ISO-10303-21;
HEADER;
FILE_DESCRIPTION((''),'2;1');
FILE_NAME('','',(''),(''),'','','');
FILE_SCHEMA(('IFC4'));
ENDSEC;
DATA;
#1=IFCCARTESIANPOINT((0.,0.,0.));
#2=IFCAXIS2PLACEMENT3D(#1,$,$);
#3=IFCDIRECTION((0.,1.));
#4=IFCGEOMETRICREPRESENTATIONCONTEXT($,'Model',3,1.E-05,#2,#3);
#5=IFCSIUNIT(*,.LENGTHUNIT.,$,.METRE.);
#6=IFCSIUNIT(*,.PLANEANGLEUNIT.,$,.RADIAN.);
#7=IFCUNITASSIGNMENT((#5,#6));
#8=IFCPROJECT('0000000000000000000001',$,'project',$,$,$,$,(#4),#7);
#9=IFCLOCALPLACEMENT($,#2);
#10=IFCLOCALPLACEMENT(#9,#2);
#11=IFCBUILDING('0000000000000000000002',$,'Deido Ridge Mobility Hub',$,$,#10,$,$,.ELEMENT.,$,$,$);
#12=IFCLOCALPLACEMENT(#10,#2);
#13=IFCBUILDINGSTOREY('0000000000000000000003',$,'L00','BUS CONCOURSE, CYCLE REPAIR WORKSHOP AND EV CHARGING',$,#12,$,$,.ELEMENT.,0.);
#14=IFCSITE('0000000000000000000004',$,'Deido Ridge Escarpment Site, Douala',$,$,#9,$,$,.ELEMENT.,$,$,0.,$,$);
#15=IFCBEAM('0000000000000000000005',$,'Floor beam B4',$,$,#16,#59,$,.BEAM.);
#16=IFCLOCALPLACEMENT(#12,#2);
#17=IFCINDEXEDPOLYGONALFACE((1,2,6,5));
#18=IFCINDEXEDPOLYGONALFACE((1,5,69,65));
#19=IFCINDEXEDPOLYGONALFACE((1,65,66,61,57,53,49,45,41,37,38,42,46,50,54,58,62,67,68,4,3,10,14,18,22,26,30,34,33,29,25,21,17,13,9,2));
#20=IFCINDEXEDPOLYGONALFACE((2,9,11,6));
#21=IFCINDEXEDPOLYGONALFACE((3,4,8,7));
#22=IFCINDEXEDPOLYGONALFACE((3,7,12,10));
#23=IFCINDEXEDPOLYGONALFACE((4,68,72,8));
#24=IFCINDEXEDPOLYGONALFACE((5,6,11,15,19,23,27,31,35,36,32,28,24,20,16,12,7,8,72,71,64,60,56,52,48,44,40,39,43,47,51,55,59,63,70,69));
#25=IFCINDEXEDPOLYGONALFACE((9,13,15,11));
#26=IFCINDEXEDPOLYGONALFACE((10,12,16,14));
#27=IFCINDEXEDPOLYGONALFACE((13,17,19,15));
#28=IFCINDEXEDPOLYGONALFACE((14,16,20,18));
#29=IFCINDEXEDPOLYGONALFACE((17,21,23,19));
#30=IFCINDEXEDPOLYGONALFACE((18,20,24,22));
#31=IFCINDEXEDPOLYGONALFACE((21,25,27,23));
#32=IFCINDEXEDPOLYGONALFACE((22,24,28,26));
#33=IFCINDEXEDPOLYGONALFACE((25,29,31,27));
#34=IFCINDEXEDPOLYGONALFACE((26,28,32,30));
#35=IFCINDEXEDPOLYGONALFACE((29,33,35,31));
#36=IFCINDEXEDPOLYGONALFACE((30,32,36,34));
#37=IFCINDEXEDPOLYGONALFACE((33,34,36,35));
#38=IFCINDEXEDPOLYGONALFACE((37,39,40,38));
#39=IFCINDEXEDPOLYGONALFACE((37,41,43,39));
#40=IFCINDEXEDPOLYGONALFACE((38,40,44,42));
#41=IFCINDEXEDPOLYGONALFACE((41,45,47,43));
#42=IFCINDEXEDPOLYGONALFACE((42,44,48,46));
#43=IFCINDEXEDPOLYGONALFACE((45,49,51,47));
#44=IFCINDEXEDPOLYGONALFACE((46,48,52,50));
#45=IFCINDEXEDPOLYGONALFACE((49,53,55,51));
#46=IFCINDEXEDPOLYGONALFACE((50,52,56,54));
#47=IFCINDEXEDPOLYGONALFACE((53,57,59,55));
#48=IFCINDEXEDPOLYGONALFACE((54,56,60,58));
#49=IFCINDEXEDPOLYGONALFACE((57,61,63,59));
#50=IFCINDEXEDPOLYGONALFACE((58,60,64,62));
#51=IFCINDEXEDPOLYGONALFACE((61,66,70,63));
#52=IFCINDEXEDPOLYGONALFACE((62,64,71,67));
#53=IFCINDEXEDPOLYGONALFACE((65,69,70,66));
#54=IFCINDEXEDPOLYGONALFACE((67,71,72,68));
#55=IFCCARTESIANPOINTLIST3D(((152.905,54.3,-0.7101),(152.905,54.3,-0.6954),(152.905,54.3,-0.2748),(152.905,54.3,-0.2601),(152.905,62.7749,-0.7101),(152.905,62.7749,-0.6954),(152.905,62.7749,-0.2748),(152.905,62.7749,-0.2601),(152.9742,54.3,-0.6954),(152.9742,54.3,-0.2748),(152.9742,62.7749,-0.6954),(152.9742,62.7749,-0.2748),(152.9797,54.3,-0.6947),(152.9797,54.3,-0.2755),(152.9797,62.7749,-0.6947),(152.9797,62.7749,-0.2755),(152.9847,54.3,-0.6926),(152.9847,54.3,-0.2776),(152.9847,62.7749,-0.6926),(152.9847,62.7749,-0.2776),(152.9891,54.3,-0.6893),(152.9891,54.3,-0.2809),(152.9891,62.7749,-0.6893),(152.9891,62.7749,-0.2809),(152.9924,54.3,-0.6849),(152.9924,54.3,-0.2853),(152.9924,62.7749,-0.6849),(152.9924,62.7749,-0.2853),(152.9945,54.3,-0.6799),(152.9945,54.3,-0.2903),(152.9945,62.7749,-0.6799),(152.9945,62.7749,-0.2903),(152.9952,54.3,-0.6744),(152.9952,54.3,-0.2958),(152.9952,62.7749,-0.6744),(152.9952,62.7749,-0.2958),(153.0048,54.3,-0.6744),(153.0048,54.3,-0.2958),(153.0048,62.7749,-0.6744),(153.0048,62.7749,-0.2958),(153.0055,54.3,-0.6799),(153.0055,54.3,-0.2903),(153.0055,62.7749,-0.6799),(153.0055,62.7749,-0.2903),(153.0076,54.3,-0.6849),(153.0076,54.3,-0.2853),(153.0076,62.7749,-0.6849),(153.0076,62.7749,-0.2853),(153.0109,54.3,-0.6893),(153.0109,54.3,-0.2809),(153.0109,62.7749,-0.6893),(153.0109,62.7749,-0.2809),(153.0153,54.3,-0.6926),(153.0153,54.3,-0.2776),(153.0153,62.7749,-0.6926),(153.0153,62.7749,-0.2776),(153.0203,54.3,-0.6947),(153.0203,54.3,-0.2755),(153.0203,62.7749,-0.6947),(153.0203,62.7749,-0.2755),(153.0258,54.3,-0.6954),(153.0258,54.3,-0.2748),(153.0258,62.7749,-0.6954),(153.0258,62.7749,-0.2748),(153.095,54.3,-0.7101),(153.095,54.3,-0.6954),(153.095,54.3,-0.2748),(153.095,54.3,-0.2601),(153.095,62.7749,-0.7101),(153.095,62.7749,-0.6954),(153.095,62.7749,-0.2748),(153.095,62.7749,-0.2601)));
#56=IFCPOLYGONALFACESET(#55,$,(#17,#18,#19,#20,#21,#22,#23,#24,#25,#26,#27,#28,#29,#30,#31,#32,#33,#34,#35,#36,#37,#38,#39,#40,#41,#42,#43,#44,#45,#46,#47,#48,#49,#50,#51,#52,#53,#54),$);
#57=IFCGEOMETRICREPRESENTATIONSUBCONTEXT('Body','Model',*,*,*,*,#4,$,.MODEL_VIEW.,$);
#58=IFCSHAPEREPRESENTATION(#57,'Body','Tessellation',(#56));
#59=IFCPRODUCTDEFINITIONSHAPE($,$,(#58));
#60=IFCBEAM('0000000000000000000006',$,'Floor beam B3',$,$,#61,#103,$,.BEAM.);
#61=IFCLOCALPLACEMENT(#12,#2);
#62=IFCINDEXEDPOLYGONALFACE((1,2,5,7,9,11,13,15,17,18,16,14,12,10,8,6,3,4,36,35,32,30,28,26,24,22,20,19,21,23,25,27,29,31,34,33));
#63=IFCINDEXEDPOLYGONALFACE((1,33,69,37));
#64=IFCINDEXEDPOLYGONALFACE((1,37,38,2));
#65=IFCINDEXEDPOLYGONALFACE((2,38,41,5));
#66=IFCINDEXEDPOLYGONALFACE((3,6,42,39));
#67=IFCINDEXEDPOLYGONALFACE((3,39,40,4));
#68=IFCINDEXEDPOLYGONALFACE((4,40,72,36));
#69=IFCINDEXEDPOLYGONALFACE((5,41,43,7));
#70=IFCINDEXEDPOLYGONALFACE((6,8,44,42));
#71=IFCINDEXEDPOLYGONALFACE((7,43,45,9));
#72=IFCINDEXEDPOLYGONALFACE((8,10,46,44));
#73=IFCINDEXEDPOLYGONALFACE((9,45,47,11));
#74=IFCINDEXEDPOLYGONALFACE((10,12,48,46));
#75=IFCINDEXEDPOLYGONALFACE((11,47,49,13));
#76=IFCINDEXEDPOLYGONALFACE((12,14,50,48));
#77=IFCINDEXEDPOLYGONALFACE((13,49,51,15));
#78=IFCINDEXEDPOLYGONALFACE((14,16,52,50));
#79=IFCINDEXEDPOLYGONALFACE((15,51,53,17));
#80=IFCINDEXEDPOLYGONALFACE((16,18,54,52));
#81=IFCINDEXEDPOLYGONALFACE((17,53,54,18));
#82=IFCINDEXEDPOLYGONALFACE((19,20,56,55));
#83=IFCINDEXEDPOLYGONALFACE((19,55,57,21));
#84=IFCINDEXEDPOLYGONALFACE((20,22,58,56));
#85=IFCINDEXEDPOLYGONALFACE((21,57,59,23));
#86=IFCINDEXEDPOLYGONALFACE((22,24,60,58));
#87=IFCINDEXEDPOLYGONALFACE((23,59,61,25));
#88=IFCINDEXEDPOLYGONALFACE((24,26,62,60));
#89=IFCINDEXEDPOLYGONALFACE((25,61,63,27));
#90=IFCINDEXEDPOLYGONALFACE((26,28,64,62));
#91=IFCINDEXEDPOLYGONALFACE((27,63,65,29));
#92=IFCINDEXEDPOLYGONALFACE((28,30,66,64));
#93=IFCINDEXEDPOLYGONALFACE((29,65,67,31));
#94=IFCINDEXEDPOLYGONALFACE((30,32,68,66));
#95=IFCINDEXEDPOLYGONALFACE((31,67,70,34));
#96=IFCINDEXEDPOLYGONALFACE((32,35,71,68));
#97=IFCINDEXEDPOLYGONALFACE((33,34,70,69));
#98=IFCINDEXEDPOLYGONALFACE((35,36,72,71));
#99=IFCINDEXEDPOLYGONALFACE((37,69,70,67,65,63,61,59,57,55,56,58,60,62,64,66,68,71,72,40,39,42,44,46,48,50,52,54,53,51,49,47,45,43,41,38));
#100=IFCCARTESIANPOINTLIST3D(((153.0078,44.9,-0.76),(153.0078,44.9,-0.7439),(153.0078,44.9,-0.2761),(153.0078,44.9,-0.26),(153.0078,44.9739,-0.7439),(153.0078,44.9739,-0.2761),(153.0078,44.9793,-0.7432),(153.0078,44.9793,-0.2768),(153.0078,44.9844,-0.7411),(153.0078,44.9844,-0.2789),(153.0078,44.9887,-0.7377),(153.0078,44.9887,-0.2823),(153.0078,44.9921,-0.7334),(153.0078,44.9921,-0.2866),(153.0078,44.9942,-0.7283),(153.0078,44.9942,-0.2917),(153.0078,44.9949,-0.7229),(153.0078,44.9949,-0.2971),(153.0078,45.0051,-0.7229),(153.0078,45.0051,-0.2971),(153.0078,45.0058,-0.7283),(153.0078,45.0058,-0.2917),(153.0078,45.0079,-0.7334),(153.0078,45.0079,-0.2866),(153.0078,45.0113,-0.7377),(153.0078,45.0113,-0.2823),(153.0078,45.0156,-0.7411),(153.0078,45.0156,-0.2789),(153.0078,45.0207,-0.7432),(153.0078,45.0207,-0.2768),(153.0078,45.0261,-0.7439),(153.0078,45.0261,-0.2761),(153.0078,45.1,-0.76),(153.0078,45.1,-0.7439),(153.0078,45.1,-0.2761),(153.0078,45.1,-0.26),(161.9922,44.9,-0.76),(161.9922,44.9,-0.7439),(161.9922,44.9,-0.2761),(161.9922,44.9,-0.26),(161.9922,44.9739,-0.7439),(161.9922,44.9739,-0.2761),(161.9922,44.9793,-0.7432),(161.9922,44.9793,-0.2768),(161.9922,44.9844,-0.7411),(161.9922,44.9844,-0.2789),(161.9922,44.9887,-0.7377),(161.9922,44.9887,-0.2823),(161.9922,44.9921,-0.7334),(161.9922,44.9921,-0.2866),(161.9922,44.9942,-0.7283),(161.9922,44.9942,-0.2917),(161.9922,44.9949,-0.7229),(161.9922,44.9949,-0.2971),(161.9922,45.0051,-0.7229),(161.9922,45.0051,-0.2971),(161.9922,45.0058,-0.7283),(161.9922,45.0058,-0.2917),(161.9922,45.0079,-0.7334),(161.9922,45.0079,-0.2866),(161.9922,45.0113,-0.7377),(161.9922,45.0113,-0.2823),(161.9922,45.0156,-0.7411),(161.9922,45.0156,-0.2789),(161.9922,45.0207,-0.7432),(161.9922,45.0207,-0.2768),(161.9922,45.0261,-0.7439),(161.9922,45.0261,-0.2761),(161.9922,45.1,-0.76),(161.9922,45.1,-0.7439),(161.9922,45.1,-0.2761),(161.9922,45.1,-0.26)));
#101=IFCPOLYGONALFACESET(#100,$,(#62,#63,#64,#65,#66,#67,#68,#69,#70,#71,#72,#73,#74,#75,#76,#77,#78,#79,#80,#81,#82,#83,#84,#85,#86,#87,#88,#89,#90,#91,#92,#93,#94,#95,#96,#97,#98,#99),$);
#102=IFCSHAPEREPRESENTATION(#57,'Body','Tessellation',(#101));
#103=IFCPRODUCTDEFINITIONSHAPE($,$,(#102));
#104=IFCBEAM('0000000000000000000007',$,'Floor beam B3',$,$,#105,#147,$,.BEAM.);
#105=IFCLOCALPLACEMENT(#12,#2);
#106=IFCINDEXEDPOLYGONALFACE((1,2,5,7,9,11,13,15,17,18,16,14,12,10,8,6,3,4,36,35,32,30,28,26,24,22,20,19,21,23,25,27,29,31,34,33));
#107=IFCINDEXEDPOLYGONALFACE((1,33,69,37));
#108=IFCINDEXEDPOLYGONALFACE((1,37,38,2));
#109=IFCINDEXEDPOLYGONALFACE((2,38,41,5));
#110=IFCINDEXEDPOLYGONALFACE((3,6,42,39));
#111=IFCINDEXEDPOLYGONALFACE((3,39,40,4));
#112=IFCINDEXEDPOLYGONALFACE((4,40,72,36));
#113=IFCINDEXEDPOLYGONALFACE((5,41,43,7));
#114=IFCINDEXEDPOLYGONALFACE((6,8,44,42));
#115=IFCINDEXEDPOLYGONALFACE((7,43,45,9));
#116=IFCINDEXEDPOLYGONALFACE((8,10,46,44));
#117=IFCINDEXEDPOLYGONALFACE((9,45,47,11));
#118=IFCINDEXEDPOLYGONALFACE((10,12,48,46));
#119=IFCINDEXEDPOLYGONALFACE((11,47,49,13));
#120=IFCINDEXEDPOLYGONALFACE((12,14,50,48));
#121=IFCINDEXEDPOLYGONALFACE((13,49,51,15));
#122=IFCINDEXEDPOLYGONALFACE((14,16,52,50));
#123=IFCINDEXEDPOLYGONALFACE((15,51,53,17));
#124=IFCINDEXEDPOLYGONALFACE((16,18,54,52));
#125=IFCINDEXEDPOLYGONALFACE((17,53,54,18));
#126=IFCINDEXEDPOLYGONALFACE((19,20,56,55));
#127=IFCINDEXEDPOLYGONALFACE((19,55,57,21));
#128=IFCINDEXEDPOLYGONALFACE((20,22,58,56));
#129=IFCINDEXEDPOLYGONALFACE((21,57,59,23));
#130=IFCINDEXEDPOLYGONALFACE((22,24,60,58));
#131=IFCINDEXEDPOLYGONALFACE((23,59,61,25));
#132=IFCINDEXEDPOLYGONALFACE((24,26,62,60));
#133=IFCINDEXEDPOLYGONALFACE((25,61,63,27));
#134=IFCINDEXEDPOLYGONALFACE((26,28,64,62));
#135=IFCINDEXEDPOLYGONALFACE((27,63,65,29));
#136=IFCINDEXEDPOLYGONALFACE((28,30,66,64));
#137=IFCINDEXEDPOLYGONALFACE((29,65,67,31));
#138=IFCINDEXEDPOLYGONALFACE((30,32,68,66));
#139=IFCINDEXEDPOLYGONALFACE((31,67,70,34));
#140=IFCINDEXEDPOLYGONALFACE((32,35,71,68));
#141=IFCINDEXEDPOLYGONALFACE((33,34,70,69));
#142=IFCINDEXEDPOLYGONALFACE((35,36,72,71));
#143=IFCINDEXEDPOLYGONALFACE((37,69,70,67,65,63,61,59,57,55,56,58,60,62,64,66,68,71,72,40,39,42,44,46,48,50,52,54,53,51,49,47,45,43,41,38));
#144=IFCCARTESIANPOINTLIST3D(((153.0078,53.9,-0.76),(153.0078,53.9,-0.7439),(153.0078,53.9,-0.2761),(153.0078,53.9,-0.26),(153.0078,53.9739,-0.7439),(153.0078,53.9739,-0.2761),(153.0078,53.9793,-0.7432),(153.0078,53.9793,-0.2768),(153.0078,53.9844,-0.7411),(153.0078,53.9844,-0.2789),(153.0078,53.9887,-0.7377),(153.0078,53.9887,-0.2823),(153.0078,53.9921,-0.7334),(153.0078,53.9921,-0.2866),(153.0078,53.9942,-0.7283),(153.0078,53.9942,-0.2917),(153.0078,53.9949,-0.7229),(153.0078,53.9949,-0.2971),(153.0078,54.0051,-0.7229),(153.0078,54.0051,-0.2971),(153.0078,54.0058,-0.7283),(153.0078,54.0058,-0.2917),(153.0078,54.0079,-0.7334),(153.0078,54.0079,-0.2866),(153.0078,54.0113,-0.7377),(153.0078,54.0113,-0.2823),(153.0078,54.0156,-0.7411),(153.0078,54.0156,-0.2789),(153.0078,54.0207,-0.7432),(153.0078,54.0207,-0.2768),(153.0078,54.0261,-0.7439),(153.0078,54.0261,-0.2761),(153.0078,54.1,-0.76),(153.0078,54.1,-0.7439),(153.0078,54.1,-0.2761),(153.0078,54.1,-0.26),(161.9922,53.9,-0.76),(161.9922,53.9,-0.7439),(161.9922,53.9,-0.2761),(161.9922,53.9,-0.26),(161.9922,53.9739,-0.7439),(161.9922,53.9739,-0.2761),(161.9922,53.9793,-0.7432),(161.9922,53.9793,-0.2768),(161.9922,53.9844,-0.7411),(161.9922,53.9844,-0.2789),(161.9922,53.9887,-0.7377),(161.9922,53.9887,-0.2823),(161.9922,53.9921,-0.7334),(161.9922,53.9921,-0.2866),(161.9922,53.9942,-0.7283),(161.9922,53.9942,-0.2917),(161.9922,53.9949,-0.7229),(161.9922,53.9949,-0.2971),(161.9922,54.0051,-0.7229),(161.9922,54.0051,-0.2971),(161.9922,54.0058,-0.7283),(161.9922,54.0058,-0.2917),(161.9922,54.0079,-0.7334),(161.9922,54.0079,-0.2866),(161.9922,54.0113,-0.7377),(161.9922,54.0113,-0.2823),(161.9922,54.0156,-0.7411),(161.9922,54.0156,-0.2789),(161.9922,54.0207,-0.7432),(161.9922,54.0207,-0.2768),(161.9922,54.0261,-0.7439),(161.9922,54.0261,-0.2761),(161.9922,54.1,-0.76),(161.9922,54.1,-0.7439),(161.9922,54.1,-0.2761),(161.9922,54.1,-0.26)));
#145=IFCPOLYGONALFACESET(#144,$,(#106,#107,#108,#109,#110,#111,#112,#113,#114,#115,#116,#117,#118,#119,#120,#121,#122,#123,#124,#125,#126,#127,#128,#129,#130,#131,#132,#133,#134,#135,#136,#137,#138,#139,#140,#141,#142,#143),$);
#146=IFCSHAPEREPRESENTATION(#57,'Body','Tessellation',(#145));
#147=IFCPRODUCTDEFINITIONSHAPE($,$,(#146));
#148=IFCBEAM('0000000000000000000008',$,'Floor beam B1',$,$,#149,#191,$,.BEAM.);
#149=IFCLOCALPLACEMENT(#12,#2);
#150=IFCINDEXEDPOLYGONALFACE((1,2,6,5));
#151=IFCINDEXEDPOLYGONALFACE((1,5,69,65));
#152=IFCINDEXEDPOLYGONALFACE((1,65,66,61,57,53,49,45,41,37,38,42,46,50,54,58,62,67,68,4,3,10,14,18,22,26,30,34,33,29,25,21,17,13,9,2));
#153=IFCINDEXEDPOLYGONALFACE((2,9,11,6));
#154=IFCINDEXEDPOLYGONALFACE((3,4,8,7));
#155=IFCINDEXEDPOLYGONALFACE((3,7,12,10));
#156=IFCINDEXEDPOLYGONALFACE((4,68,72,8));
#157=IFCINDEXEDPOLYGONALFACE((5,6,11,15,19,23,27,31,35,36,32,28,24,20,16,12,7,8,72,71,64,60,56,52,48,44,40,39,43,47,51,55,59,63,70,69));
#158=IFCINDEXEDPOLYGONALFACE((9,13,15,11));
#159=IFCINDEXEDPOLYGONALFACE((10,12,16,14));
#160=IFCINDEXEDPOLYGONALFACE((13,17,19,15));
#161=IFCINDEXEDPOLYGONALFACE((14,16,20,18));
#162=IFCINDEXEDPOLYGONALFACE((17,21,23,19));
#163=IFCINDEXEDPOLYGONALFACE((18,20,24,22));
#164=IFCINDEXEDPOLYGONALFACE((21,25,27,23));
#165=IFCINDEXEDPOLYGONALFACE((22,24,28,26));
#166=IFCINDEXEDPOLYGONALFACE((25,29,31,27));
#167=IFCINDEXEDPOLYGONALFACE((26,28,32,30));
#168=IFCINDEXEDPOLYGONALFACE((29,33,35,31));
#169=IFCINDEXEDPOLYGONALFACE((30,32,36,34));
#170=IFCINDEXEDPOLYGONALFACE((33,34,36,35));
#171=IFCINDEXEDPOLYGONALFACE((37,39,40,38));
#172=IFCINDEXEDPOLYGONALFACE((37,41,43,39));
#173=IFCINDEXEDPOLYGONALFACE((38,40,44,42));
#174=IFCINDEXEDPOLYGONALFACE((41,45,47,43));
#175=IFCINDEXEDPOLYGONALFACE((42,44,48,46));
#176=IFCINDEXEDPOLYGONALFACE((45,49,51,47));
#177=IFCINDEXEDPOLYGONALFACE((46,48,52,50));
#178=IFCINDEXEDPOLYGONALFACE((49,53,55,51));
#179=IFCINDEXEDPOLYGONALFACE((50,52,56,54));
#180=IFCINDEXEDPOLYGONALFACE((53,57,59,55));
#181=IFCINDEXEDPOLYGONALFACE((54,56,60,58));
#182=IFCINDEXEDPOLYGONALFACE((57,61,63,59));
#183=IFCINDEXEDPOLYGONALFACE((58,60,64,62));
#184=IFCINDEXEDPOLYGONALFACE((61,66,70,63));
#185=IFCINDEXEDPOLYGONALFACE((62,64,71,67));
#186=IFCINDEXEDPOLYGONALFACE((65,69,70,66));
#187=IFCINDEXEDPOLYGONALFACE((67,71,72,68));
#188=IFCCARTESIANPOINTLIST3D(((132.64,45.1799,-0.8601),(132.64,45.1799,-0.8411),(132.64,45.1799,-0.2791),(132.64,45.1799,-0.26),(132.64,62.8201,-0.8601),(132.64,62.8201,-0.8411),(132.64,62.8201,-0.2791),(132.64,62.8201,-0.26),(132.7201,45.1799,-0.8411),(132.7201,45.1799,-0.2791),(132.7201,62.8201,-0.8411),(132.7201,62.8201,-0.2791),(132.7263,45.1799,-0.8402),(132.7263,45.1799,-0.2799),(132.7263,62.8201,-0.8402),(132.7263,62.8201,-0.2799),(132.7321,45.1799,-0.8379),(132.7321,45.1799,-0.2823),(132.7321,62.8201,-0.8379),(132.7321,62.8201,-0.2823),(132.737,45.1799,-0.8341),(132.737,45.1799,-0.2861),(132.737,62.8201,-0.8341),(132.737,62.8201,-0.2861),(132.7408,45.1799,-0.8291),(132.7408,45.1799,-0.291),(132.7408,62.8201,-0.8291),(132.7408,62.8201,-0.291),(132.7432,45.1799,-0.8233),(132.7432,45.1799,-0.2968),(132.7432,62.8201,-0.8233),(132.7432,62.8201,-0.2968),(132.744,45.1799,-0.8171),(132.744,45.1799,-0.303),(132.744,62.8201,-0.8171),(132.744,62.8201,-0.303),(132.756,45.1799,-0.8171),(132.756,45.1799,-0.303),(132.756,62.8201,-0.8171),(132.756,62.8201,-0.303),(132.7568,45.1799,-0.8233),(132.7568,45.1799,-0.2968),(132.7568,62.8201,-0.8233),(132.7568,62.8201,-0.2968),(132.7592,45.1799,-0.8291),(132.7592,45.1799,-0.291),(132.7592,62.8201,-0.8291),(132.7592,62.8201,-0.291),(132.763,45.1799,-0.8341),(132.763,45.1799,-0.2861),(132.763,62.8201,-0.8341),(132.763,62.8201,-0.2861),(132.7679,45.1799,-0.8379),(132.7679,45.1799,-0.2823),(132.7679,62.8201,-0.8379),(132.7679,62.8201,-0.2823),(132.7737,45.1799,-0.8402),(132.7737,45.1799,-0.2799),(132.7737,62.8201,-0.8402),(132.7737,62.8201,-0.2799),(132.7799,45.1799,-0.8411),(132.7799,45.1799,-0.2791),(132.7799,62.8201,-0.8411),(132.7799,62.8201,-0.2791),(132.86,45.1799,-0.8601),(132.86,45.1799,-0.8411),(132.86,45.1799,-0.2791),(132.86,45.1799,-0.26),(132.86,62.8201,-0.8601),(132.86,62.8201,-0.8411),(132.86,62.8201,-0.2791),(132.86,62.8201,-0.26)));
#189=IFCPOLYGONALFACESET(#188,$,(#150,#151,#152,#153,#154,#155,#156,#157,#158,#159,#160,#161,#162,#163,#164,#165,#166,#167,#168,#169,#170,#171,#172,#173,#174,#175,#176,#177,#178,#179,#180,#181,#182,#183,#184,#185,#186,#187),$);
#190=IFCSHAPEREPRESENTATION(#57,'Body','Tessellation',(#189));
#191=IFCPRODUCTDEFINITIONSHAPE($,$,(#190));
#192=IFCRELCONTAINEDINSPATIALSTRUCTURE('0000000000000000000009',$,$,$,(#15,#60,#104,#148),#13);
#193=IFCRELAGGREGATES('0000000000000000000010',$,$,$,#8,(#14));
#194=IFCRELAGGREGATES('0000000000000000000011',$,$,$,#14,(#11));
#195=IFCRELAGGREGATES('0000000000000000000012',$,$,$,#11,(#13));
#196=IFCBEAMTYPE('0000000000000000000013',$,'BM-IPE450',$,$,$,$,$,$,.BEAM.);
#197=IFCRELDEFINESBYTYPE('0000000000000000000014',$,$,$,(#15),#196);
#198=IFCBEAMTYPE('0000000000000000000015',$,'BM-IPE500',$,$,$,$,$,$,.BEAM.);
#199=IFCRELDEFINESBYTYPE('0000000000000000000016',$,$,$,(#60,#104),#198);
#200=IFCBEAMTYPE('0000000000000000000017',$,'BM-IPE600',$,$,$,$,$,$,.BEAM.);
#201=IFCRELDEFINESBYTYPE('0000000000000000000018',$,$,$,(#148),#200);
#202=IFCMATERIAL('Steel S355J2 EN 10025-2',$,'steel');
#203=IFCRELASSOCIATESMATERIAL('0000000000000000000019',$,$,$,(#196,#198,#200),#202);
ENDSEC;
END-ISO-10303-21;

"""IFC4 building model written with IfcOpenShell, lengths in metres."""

from ifc_helpers import new_model, si_unit, direction, frame, origin, origin_2d, place, context, subcontext, project, spatial, i_section, extrude, material, material_profile, profile_set, type_object, element, save


model = new_model("IFC4")

# Units and contexts
model_context = context("Model", 3, precision=1e-05, world=origin(), true_north=direction((0.0, 1.0)))
body_context = subcontext(model_context, "Body", "Model", "MODEL_VIEW")
ifc_project = project(units=[si_unit("LENGTHUNIT", "METRE"), si_unit("PLANEANGLEUNIT", "RADIAN")], contexts=[model_context])

# Site, building, storey
site_placement = place(None, origin())
site = spatial("IfcSite", under=ifc_project, at=site_placement, Name="Deido Ridge Escarpment Site, Douala", CompositionType="ELEMENT", RefElevation=0.0)
building_placement = place(site_placement, origin())
building = spatial("IfcBuilding", under=site, at=building_placement, Name="Deido Ridge Mobility Hub", CompositionType="ELEMENT")
storey_placement = place(building_placement, origin())
storey = spatial("IfcBuildingStorey", under=building, at=storey_placement, Name="L00", Description="BUS CONCOURSE, CYCLE REPAIR WORKSHOP AND EV CHARGING", CompositionType="ELEMENT", Elevation=0.0)

# Shared definitions
ifc_material = material(Name="Steel S355J2 EN 10025-2", Category="steel")

# Beams
ifc_material_profile_1 = material_profile(ifc_material, i_section(OverallWidth=0.1899, OverallDepth=0.45, WebThickness=0.0095, FlangeThickness=0.0146, FilletRadius=0.021, at=origin_2d()), Name="IPE 450")
ifc_profile_set_1 = profile_set([ifc_material_profile_1], Name="Steel S355J2 EN 10025-2")
beam_type_1 = type_object("IfcBeamType", Name="BM-IPE450", PredefinedType="BEAM", material=ifc_profile_set_1)
beam_1_placement = place(storey_placement, frame((153.0, 54.3, -0.4851), z_axis=(0.0, 1.0, 0.0), x_axis=(-1.0, 0.0, 0.0)))
element("IfcBeam", 1, at=beam_1_placement, inside=storey, type_object=beam_type_1, Name="Floor beam B4", PredefinedType="BEAM", context=body_context, shape_type="SweptSolid", body=[
    extrude(i_section(OverallWidth=0.1899, OverallDepth=0.45, WebThickness=0.0095, FlangeThickness=0.0146, FilletRadius=0.021, at=origin_2d()), origin(), (0.0, 0.0, 1.0), 8.4749),
])
ifc_material_profile_2 = material_profile(ifc_material, i_section(OverallWidth=0.2, OverallDepth=0.5, WebThickness=0.0103, FlangeThickness=0.0161, FilletRadius=0.021, at=origin_2d()), Name="IPE 500")
ifc_profile_set_2 = profile_set([ifc_material_profile_2], Name="Steel S355J2 EN 10025-2")
beam_type_2 = type_object("IfcBeamType", Name="BM-IPE500", PredefinedType="BEAM", material=ifc_profile_set_2)
for number, where, z_axis, x_axis, name in (
    (2, (153.0078, 45.0, -0.51), (1.0, 0.0, 0.0), (0.0, 1.0, 0.0), "Floor beam B3"),
    (3, (153.0078, 54.0, -0.51), (1.0, 0.0, 0.0), (0.0, 1.0, 0.0), "Floor beam B3"),
):
    element("IfcBeam", number, at=place(storey_placement, frame(where, z_axis=z_axis, x_axis=x_axis)), inside=storey, type_object=beam_type_2, Name=name, PredefinedType="BEAM", context=body_context, shape_type="SweptSolid", body=[
        extrude(i_section(OverallWidth=0.2, OverallDepth=0.5, WebThickness=0.0103, FlangeThickness=0.0161, FilletRadius=0.021, at=origin_2d()), origin(), (0.0, 0.0, 1.0), 8.9844),
    ])
ifc_material_profile_3 = material_profile(ifc_material, i_section(OverallWidth=0.22, OverallDepth=0.6001, WebThickness=0.012, FlangeThickness=0.019, FilletRadius=0.0239, at=origin_2d()), Name="IPE 600")
ifc_profile_set_3 = profile_set([ifc_material_profile_3], Name="Steel S355J2 EN 10025-2")
beam_type_3 = type_object("IfcBeamType", Name="BM-IPE600", PredefinedType="BEAM", material=ifc_profile_set_3)
beam_2_placement = place(storey_placement, frame((132.75, 45.1799, -0.5601), z_axis=(0.0, 1.0, 0.0), x_axis=(-1.0, 0.0, 0.0)))
element("IfcBeam", 4, at=beam_2_placement, inside=storey, type_object=beam_type_3, Name="Floor beam B1", PredefinedType="BEAM", context=body_context, shape_type="SweptSolid", body=[
    extrude(i_section(OverallWidth=0.22, OverallDepth=0.6001, WebThickness=0.012, FlangeThickness=0.019, FilletRadius=0.0239, at=origin_2d()), origin(), (0.0, 0.0, 1.0), 17.6401),
])

save(model, "model.ifc")
